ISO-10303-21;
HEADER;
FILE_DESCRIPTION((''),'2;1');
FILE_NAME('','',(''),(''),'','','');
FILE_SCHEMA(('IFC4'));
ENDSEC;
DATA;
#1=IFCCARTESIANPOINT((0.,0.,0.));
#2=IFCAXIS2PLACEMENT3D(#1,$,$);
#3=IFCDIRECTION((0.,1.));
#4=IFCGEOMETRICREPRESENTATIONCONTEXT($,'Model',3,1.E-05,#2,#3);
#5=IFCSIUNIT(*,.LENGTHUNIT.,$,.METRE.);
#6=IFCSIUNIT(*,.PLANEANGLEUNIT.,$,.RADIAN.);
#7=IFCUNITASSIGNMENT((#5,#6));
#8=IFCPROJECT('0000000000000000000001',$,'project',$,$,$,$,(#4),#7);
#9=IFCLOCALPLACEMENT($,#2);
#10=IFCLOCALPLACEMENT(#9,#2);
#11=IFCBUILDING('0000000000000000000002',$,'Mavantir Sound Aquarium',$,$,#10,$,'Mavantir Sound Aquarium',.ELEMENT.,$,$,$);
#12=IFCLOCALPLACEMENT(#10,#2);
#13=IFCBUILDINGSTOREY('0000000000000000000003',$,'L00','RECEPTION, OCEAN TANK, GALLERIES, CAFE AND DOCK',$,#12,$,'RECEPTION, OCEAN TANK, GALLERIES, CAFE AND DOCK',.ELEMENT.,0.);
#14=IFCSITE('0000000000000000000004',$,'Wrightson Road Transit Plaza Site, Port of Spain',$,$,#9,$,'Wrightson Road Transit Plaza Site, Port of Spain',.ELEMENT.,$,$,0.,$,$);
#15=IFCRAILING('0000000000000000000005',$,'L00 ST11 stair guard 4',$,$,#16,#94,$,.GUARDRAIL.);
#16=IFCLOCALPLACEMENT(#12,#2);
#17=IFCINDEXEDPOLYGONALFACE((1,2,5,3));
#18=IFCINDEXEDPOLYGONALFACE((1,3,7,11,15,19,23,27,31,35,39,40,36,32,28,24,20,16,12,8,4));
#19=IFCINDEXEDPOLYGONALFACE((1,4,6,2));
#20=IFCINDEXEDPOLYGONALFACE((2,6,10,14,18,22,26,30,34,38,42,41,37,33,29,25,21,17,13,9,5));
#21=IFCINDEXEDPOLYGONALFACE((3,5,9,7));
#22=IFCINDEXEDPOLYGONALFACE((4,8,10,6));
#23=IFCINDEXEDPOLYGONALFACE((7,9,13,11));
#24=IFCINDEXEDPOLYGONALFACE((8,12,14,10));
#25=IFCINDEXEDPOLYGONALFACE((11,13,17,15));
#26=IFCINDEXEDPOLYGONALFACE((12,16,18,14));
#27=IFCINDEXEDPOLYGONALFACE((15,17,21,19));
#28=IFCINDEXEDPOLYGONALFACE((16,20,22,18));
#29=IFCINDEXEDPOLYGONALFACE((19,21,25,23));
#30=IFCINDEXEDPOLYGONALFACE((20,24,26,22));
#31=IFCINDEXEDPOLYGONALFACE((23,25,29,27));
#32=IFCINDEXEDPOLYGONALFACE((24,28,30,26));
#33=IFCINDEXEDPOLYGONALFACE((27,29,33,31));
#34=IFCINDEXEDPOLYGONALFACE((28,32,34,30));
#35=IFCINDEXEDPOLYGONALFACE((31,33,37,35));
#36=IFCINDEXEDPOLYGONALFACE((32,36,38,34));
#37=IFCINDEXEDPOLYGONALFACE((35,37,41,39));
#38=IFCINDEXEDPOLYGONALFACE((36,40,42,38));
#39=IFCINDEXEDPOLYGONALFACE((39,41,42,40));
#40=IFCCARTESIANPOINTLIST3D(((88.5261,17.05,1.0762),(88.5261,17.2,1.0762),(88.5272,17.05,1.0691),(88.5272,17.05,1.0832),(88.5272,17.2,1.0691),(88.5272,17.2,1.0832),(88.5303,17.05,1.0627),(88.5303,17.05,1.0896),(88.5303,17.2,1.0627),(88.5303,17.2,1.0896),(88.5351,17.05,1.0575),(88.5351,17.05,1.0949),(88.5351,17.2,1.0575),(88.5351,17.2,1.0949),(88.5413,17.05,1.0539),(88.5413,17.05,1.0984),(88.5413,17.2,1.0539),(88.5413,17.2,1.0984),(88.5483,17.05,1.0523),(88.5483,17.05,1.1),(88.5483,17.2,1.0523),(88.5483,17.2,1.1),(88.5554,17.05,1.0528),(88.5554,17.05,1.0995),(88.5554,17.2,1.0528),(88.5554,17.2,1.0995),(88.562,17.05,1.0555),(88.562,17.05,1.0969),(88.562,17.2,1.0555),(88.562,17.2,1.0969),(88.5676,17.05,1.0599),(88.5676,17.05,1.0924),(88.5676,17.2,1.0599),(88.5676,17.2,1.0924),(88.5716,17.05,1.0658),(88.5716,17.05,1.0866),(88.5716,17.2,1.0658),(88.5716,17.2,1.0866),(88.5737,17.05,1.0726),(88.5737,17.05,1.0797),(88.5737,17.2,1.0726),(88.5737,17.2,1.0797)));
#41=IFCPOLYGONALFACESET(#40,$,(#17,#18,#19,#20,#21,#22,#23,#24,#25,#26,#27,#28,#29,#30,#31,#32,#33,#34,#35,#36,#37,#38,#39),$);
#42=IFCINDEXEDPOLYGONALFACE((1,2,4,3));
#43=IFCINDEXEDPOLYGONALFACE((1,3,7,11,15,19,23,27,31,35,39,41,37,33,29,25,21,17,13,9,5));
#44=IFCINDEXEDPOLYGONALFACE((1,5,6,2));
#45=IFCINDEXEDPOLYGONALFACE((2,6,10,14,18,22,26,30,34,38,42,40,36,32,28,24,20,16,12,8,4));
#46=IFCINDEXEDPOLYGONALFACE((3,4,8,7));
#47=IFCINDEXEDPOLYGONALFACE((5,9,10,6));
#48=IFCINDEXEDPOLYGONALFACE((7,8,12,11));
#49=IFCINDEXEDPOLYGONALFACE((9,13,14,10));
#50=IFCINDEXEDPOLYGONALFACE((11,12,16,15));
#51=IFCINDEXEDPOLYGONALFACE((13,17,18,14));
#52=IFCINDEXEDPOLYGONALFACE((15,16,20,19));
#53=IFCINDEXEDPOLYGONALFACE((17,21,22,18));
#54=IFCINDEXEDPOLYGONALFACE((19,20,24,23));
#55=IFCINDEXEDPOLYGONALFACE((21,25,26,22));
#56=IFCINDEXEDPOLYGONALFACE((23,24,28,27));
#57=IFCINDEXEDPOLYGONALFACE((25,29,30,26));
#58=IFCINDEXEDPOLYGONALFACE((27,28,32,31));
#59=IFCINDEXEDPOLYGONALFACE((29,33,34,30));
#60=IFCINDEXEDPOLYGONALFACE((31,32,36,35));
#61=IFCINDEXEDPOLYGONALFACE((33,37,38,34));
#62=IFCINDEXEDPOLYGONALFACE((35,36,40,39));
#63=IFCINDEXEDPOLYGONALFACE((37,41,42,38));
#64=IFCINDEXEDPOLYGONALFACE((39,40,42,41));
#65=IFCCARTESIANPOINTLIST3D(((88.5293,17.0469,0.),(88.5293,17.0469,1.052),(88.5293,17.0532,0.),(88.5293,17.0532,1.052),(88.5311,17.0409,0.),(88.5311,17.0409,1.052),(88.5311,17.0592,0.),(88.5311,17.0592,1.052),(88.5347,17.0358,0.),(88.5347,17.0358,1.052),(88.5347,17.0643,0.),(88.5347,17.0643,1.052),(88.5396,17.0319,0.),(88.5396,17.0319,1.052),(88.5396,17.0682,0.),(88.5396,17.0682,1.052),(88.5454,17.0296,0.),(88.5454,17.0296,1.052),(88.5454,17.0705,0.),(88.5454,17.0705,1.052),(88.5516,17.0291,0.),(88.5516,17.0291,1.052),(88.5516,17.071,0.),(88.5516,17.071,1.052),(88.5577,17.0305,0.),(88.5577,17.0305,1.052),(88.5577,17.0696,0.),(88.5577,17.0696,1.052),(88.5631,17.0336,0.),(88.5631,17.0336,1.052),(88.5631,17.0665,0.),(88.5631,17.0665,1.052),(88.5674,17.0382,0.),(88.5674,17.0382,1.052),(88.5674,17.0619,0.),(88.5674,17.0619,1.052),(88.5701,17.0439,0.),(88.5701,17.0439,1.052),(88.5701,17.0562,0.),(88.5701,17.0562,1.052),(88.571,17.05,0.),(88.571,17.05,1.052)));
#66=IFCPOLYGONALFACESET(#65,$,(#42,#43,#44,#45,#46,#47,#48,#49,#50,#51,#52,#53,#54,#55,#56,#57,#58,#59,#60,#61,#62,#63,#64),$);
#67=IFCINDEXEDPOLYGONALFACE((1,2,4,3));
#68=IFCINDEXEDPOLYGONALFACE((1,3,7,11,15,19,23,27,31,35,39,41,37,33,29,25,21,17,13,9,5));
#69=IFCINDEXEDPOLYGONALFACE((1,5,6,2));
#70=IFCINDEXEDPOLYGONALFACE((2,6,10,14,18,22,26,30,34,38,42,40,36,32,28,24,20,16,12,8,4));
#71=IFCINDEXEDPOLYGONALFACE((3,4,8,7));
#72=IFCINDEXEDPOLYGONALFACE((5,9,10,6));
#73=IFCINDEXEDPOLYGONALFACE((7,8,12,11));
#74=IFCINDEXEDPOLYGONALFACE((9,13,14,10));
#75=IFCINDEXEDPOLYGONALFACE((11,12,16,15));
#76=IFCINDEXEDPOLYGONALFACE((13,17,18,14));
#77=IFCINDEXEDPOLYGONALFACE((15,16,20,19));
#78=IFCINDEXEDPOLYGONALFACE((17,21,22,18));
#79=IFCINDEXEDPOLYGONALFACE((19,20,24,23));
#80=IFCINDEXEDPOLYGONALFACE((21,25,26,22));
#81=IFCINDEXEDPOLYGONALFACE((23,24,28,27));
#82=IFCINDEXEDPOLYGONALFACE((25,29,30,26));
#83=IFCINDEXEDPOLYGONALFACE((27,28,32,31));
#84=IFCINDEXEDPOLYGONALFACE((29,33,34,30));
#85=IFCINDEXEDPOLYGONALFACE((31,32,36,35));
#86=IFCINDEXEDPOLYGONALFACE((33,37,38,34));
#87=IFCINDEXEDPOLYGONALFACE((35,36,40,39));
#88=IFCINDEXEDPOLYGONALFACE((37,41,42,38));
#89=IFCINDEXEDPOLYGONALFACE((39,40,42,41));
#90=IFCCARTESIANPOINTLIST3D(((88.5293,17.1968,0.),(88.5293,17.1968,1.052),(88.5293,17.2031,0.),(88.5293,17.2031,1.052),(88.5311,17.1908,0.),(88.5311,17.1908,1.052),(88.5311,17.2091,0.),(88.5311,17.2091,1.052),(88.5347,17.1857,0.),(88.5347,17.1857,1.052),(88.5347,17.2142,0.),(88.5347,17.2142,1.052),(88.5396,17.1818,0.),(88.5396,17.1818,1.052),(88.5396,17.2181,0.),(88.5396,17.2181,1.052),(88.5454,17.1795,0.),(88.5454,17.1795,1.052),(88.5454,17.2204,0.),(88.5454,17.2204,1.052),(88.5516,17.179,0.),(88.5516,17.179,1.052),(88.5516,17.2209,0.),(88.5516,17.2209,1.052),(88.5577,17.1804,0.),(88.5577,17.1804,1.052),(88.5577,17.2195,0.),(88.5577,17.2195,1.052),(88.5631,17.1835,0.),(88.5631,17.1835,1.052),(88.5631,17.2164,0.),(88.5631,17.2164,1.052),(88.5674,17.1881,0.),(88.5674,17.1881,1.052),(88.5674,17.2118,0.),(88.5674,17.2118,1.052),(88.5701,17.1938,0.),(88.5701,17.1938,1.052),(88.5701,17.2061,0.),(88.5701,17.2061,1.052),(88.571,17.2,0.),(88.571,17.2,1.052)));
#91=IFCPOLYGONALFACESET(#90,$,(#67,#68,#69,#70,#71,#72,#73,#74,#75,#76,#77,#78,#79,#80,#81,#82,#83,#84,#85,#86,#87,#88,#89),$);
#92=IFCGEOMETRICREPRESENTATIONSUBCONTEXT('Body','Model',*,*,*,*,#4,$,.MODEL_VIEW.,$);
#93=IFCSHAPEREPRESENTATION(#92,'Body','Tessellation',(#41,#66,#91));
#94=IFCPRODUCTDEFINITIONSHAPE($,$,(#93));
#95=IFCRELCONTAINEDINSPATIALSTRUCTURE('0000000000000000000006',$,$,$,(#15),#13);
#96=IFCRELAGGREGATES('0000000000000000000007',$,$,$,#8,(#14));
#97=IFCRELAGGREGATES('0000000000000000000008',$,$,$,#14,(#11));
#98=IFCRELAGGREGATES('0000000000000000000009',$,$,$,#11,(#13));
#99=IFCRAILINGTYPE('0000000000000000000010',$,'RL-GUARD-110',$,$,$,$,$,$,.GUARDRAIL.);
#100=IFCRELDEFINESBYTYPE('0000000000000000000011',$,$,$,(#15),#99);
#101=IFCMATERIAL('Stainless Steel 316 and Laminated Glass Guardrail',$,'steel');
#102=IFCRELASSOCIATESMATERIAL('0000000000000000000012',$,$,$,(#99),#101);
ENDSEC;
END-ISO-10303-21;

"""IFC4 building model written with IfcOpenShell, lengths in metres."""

from ifc_helpers import new_model, si_unit, direction, frame, origin, origin_2d, place, context, subcontext, project, spatial, circle, extrude, material, type_object, element, save


model = new_model("IFC4")

# Units and contexts
model_context = context("Model", 3, precision=1e-05, world=origin(), true_north=direction((0.0, 1.0)))
body_context = subcontext(model_context, "Body", "Model", "MODEL_VIEW")
ifc_project = project(units=[si_unit("LENGTHUNIT", "METRE"), si_unit("PLANEANGLEUNIT", "RADIAN")], contexts=[model_context])

# Site, building, storey
site_placement = place(None, origin())
site = spatial("IfcSite", under=ifc_project, at=site_placement, Name="Wrightson Road Transit Plaza Site, Port of Spain", LongName="Wrightson Road Transit Plaza Site, Port of Spain", CompositionType="ELEMENT", RefElevation=0.0)
building_placement = place(site_placement, origin())
building = spatial("IfcBuilding", under=site, at=building_placement, Name="Mavantir Sound Aquarium", LongName="Mavantir Sound Aquarium", CompositionType="ELEMENT")
storey_placement = place(building_placement, origin())
storey = spatial("IfcBuildingStorey", under=building, at=storey_placement, Name="L00", Description="RECEPTION, OCEAN TANK, GALLERIES, CAFE AND DOCK", LongName="RECEPTION, OCEAN TANK, GALLERIES, CAFE AND DOCK", CompositionType="ELEMENT", Elevation=0.0)

# Railing
ifc_material_1 = material(Name="Stainless Steel 316 and Laminated Glass Guardrail", Category="steel")
railing_type_1 = type_object("IfcRailingType", Name="RL-GUARD-110", PredefinedType="GUARDRAIL", material=ifc_material_1)
railing_1_placement = place(storey_placement, frame((88.55, 17.05, 0.0)))
element("IfcRailing", 1, at=railing_1_placement, inside=storey, type_object=railing_type_1, Name="L00 ST11 stair guard 4", PredefinedType="GUARDRAIL", context=body_context, shape_type="SweptSolid", body=[
    extrude(circle(Radius=0.0239, at=origin_2d()), frame((0.0, 0.0, 1.0762), z_axis=(0.0, 1.0, 0.0), x_axis=(-1.0, 0.0, 0.0)), (0.0, 0.0, 1.0), 0.1499),
    extrude(circle(Radius=0.021, at=origin_2d()), origin(), (0.0, 0.0, 1.0), 1.052),
    extrude(circle(Radius=0.021, at=origin_2d()), frame((0.0, 0.1499, 0.0)), (0.0, 0.0, 1.0), 1.052),
])

save(model, "model.ifc")
